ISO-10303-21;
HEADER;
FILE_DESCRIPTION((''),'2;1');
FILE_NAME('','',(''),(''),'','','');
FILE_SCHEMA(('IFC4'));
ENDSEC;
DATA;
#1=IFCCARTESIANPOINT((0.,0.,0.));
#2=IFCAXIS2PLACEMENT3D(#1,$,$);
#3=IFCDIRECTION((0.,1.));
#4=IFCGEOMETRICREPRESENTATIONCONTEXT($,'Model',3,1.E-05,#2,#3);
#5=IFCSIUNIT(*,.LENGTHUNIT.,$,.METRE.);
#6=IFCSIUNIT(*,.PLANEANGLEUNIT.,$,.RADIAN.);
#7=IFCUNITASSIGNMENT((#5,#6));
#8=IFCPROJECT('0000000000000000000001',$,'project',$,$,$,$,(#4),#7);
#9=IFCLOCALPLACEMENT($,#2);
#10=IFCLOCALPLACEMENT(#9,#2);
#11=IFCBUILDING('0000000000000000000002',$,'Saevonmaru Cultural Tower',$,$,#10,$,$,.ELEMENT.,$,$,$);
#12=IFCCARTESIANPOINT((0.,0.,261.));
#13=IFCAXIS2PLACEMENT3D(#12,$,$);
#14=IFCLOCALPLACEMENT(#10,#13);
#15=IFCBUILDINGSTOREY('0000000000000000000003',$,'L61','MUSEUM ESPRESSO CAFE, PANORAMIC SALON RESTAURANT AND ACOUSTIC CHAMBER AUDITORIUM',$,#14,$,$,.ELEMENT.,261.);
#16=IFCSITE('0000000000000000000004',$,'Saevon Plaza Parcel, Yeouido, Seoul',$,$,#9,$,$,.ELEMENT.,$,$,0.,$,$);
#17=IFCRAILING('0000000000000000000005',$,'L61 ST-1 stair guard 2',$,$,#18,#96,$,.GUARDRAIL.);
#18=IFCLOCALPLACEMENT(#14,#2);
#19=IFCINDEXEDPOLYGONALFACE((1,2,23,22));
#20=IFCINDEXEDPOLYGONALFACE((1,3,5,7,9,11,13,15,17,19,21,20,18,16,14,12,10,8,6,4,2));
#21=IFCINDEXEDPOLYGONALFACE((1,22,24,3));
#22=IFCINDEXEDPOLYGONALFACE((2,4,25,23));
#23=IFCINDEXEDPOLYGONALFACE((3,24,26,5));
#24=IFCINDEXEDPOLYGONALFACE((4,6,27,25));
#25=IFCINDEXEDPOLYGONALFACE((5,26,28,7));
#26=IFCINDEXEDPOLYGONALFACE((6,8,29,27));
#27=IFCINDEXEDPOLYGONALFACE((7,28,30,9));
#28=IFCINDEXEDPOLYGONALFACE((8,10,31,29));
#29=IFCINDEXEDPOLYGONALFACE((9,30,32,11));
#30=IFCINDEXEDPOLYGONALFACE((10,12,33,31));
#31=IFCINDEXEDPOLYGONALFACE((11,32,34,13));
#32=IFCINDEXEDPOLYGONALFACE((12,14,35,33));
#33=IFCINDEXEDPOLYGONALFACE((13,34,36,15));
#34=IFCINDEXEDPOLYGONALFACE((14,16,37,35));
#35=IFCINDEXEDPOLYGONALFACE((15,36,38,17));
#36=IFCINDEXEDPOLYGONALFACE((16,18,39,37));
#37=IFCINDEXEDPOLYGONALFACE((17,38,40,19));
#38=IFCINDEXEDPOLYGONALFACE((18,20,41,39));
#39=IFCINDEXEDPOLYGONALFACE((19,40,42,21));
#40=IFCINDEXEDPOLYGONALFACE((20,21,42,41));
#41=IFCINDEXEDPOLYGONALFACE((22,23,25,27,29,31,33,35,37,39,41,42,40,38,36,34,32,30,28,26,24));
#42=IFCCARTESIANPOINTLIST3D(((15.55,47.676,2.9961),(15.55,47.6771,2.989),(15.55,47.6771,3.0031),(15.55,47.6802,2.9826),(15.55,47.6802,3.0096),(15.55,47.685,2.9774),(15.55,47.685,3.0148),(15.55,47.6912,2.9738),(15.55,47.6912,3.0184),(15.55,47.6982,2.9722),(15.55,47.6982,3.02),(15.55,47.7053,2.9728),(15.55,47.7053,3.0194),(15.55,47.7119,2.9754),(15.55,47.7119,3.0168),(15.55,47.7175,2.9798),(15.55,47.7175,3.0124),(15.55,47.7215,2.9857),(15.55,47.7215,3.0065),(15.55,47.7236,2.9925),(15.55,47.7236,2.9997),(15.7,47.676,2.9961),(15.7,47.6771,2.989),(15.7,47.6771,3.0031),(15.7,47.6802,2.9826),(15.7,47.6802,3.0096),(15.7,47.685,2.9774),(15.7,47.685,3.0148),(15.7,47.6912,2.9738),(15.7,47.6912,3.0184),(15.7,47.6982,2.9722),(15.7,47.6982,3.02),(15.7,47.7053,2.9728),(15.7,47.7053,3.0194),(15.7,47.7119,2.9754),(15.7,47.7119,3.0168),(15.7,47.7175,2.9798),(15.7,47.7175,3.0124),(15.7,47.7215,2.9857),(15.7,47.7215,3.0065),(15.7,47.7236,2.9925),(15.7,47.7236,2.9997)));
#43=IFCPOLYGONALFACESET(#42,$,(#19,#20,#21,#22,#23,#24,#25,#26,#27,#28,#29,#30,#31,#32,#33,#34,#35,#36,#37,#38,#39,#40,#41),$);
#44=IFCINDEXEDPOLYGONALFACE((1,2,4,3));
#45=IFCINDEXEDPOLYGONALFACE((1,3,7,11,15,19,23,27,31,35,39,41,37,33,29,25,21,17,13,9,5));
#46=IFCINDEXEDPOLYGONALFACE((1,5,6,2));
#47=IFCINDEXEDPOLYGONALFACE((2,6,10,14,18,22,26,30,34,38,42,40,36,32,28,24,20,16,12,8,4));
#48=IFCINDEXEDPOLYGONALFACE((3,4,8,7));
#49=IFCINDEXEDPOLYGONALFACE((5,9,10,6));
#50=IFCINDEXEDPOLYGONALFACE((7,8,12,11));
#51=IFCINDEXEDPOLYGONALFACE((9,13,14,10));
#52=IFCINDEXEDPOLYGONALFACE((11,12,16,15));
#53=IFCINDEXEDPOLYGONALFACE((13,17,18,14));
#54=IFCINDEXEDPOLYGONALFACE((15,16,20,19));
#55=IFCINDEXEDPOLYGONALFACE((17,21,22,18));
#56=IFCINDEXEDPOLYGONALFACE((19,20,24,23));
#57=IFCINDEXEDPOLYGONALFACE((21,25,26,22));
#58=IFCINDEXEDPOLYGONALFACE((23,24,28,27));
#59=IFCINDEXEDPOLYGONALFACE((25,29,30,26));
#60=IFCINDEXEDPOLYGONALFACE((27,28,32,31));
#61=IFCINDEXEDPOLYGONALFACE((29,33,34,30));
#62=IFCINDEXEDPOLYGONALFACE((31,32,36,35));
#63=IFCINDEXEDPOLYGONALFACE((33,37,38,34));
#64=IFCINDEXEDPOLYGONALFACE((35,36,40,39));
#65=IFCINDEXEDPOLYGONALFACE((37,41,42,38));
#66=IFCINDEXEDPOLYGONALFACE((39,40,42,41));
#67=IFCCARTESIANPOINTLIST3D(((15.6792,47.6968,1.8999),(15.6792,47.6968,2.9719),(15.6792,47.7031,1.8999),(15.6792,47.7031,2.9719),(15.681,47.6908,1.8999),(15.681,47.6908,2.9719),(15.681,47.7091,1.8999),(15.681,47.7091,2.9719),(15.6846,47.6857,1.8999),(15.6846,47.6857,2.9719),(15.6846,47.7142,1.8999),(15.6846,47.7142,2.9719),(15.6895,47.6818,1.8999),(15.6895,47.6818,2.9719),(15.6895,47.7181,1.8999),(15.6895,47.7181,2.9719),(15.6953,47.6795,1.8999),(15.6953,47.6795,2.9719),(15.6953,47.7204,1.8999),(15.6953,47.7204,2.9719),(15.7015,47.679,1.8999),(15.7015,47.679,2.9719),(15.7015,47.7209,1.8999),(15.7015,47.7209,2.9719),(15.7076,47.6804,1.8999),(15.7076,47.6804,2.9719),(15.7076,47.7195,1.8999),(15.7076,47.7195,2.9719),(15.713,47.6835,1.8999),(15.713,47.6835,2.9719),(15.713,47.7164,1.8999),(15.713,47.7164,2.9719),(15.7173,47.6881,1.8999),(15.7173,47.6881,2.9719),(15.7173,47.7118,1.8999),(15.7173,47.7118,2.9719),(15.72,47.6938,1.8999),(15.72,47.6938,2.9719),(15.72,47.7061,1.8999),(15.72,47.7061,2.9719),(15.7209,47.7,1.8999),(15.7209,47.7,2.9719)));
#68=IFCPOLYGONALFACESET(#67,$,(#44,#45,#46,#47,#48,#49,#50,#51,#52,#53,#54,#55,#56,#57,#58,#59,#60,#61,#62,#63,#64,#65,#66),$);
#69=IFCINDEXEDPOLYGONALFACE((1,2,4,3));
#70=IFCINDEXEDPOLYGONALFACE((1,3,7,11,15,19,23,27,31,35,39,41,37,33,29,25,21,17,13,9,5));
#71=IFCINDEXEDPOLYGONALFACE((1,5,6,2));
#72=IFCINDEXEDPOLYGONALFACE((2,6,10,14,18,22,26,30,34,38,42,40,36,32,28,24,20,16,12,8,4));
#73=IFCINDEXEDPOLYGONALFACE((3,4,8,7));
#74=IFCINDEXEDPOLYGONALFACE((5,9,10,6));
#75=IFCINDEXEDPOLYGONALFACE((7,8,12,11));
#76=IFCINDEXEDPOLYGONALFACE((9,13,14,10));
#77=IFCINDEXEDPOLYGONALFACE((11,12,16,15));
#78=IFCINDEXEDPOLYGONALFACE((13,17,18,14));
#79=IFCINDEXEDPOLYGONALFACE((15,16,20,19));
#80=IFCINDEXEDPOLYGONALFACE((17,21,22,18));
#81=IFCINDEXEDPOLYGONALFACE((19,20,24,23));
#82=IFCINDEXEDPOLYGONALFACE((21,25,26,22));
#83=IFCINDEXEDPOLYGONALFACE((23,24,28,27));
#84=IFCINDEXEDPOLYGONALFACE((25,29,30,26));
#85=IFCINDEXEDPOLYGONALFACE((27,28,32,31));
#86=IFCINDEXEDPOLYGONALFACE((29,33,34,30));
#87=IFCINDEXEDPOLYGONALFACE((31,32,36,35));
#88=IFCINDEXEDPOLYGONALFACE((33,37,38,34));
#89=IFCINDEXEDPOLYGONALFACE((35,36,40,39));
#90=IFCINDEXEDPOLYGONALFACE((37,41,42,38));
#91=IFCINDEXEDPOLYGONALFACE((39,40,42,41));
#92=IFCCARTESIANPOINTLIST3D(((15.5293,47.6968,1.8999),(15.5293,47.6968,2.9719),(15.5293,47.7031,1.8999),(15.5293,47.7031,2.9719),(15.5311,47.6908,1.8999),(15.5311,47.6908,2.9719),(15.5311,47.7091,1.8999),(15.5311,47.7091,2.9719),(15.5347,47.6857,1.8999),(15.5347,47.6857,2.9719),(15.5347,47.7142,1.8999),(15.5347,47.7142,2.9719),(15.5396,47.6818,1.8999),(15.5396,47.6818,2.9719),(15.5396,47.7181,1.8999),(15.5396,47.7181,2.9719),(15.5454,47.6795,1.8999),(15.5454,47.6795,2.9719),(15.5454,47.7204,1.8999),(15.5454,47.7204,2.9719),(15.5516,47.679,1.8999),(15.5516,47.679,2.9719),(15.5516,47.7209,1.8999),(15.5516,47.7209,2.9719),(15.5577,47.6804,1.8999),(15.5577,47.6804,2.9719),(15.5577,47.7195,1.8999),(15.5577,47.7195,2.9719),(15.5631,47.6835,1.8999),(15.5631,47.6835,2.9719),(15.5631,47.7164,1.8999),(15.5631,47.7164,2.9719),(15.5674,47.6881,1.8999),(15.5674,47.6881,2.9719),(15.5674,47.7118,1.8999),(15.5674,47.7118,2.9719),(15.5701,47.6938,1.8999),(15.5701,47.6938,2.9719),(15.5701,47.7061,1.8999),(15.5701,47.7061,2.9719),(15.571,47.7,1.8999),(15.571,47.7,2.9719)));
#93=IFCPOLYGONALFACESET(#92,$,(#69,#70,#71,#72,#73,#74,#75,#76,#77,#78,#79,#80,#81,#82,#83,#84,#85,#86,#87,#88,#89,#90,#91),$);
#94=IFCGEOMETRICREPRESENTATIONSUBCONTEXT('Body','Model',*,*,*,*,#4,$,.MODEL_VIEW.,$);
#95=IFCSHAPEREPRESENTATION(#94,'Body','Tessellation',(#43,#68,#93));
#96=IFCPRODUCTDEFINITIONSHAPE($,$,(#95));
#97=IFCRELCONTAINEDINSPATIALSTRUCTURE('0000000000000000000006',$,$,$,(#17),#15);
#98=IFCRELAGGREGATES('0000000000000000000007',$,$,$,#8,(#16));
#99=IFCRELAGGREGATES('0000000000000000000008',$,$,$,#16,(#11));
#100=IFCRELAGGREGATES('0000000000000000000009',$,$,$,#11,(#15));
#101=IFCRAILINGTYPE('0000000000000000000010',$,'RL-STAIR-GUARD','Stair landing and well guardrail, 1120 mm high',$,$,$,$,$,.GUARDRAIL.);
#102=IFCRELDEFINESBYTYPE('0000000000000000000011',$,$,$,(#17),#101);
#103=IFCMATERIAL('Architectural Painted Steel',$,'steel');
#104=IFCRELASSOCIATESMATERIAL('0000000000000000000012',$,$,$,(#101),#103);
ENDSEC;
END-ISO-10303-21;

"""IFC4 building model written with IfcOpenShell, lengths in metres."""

from ifc_helpers import new_model, si_unit, direction, frame, origin, origin_2d, place, context, subcontext, project, spatial, circle, extrude, material, type_object, element, save


model = new_model("IFC4")

# Units and contexts
model_context = context("Model", 3, precision=1e-05, world=origin(), true_north=direction((0.0, 1.0)))
body_context = subcontext(model_context, "Body", "Model", "MODEL_VIEW")
ifc_project = project(units=[si_unit("LENGTHUNIT", "METRE"), si_unit("PLANEANGLEUNIT", "RADIAN")], contexts=[model_context])

# Site, building, storey
site_placement = place(None, origin())
site = spatial("IfcSite", under=ifc_project, at=site_placement, Name="Saevon Plaza Parcel, Yeouido, Seoul", CompositionType="ELEMENT", RefElevation=0.0)
building_placement = place(site_placement, origin())
building = spatial("IfcBuilding", under=site, at=building_placement, Name="Saevonmaru Cultural Tower", CompositionType="ELEMENT")
storey_placement = place(building_placement, frame((0.0, 0.0, 261.0)))
storey = spatial("IfcBuildingStorey", under=building, at=storey_placement, Name="L61", Description="MUSEUM ESPRESSO CAFE, PANORAMIC SALON RESTAURANT AND ACOUSTIC CHAMBER AUDITORIUM", CompositionType="ELEMENT", Elevation=261.0)

# Railing
ifc_material_1 = material(Name="Architectural Painted Steel", Category="steel")
railing_type_1 = type_object("IfcRailingType", Name="RL-STAIR-GUARD", Description="Stair landing and well guardrail, 1120 mm high", PredefinedType="GUARDRAIL", material=ifc_material_1)
railing_1_placement = place(storey_placement, frame((15.7, 47.7, 1.8999)))
element("IfcRailing", 1, at=railing_1_placement, inside=storey, type_object=railing_type_1, Name="L61 ST-1 stair guard 2", PredefinedType="GUARDRAIL", context=body_context, shape_type="SweptSolid", body=[
    extrude(circle(Radius=0.0239, at=origin_2d()), frame((0.0, 0.0, 1.0962), z_axis=(-1.0, 0.0, 0.0), x_axis=(0.0, -1.0, 0.0)), (0.0, 0.0, 1.0), 0.1499),
    extrude(circle(Radius=0.021, at=origin_2d()), origin(), (0.0, 0.0, 1.0), 1.072),
    extrude(circle(Radius=0.021, at=origin_2d()), frame((-0.1499, 0.0, 0.0)), (0.0, 0.0, 1.0), 1.072),
])

save(model, "model.ifc")
